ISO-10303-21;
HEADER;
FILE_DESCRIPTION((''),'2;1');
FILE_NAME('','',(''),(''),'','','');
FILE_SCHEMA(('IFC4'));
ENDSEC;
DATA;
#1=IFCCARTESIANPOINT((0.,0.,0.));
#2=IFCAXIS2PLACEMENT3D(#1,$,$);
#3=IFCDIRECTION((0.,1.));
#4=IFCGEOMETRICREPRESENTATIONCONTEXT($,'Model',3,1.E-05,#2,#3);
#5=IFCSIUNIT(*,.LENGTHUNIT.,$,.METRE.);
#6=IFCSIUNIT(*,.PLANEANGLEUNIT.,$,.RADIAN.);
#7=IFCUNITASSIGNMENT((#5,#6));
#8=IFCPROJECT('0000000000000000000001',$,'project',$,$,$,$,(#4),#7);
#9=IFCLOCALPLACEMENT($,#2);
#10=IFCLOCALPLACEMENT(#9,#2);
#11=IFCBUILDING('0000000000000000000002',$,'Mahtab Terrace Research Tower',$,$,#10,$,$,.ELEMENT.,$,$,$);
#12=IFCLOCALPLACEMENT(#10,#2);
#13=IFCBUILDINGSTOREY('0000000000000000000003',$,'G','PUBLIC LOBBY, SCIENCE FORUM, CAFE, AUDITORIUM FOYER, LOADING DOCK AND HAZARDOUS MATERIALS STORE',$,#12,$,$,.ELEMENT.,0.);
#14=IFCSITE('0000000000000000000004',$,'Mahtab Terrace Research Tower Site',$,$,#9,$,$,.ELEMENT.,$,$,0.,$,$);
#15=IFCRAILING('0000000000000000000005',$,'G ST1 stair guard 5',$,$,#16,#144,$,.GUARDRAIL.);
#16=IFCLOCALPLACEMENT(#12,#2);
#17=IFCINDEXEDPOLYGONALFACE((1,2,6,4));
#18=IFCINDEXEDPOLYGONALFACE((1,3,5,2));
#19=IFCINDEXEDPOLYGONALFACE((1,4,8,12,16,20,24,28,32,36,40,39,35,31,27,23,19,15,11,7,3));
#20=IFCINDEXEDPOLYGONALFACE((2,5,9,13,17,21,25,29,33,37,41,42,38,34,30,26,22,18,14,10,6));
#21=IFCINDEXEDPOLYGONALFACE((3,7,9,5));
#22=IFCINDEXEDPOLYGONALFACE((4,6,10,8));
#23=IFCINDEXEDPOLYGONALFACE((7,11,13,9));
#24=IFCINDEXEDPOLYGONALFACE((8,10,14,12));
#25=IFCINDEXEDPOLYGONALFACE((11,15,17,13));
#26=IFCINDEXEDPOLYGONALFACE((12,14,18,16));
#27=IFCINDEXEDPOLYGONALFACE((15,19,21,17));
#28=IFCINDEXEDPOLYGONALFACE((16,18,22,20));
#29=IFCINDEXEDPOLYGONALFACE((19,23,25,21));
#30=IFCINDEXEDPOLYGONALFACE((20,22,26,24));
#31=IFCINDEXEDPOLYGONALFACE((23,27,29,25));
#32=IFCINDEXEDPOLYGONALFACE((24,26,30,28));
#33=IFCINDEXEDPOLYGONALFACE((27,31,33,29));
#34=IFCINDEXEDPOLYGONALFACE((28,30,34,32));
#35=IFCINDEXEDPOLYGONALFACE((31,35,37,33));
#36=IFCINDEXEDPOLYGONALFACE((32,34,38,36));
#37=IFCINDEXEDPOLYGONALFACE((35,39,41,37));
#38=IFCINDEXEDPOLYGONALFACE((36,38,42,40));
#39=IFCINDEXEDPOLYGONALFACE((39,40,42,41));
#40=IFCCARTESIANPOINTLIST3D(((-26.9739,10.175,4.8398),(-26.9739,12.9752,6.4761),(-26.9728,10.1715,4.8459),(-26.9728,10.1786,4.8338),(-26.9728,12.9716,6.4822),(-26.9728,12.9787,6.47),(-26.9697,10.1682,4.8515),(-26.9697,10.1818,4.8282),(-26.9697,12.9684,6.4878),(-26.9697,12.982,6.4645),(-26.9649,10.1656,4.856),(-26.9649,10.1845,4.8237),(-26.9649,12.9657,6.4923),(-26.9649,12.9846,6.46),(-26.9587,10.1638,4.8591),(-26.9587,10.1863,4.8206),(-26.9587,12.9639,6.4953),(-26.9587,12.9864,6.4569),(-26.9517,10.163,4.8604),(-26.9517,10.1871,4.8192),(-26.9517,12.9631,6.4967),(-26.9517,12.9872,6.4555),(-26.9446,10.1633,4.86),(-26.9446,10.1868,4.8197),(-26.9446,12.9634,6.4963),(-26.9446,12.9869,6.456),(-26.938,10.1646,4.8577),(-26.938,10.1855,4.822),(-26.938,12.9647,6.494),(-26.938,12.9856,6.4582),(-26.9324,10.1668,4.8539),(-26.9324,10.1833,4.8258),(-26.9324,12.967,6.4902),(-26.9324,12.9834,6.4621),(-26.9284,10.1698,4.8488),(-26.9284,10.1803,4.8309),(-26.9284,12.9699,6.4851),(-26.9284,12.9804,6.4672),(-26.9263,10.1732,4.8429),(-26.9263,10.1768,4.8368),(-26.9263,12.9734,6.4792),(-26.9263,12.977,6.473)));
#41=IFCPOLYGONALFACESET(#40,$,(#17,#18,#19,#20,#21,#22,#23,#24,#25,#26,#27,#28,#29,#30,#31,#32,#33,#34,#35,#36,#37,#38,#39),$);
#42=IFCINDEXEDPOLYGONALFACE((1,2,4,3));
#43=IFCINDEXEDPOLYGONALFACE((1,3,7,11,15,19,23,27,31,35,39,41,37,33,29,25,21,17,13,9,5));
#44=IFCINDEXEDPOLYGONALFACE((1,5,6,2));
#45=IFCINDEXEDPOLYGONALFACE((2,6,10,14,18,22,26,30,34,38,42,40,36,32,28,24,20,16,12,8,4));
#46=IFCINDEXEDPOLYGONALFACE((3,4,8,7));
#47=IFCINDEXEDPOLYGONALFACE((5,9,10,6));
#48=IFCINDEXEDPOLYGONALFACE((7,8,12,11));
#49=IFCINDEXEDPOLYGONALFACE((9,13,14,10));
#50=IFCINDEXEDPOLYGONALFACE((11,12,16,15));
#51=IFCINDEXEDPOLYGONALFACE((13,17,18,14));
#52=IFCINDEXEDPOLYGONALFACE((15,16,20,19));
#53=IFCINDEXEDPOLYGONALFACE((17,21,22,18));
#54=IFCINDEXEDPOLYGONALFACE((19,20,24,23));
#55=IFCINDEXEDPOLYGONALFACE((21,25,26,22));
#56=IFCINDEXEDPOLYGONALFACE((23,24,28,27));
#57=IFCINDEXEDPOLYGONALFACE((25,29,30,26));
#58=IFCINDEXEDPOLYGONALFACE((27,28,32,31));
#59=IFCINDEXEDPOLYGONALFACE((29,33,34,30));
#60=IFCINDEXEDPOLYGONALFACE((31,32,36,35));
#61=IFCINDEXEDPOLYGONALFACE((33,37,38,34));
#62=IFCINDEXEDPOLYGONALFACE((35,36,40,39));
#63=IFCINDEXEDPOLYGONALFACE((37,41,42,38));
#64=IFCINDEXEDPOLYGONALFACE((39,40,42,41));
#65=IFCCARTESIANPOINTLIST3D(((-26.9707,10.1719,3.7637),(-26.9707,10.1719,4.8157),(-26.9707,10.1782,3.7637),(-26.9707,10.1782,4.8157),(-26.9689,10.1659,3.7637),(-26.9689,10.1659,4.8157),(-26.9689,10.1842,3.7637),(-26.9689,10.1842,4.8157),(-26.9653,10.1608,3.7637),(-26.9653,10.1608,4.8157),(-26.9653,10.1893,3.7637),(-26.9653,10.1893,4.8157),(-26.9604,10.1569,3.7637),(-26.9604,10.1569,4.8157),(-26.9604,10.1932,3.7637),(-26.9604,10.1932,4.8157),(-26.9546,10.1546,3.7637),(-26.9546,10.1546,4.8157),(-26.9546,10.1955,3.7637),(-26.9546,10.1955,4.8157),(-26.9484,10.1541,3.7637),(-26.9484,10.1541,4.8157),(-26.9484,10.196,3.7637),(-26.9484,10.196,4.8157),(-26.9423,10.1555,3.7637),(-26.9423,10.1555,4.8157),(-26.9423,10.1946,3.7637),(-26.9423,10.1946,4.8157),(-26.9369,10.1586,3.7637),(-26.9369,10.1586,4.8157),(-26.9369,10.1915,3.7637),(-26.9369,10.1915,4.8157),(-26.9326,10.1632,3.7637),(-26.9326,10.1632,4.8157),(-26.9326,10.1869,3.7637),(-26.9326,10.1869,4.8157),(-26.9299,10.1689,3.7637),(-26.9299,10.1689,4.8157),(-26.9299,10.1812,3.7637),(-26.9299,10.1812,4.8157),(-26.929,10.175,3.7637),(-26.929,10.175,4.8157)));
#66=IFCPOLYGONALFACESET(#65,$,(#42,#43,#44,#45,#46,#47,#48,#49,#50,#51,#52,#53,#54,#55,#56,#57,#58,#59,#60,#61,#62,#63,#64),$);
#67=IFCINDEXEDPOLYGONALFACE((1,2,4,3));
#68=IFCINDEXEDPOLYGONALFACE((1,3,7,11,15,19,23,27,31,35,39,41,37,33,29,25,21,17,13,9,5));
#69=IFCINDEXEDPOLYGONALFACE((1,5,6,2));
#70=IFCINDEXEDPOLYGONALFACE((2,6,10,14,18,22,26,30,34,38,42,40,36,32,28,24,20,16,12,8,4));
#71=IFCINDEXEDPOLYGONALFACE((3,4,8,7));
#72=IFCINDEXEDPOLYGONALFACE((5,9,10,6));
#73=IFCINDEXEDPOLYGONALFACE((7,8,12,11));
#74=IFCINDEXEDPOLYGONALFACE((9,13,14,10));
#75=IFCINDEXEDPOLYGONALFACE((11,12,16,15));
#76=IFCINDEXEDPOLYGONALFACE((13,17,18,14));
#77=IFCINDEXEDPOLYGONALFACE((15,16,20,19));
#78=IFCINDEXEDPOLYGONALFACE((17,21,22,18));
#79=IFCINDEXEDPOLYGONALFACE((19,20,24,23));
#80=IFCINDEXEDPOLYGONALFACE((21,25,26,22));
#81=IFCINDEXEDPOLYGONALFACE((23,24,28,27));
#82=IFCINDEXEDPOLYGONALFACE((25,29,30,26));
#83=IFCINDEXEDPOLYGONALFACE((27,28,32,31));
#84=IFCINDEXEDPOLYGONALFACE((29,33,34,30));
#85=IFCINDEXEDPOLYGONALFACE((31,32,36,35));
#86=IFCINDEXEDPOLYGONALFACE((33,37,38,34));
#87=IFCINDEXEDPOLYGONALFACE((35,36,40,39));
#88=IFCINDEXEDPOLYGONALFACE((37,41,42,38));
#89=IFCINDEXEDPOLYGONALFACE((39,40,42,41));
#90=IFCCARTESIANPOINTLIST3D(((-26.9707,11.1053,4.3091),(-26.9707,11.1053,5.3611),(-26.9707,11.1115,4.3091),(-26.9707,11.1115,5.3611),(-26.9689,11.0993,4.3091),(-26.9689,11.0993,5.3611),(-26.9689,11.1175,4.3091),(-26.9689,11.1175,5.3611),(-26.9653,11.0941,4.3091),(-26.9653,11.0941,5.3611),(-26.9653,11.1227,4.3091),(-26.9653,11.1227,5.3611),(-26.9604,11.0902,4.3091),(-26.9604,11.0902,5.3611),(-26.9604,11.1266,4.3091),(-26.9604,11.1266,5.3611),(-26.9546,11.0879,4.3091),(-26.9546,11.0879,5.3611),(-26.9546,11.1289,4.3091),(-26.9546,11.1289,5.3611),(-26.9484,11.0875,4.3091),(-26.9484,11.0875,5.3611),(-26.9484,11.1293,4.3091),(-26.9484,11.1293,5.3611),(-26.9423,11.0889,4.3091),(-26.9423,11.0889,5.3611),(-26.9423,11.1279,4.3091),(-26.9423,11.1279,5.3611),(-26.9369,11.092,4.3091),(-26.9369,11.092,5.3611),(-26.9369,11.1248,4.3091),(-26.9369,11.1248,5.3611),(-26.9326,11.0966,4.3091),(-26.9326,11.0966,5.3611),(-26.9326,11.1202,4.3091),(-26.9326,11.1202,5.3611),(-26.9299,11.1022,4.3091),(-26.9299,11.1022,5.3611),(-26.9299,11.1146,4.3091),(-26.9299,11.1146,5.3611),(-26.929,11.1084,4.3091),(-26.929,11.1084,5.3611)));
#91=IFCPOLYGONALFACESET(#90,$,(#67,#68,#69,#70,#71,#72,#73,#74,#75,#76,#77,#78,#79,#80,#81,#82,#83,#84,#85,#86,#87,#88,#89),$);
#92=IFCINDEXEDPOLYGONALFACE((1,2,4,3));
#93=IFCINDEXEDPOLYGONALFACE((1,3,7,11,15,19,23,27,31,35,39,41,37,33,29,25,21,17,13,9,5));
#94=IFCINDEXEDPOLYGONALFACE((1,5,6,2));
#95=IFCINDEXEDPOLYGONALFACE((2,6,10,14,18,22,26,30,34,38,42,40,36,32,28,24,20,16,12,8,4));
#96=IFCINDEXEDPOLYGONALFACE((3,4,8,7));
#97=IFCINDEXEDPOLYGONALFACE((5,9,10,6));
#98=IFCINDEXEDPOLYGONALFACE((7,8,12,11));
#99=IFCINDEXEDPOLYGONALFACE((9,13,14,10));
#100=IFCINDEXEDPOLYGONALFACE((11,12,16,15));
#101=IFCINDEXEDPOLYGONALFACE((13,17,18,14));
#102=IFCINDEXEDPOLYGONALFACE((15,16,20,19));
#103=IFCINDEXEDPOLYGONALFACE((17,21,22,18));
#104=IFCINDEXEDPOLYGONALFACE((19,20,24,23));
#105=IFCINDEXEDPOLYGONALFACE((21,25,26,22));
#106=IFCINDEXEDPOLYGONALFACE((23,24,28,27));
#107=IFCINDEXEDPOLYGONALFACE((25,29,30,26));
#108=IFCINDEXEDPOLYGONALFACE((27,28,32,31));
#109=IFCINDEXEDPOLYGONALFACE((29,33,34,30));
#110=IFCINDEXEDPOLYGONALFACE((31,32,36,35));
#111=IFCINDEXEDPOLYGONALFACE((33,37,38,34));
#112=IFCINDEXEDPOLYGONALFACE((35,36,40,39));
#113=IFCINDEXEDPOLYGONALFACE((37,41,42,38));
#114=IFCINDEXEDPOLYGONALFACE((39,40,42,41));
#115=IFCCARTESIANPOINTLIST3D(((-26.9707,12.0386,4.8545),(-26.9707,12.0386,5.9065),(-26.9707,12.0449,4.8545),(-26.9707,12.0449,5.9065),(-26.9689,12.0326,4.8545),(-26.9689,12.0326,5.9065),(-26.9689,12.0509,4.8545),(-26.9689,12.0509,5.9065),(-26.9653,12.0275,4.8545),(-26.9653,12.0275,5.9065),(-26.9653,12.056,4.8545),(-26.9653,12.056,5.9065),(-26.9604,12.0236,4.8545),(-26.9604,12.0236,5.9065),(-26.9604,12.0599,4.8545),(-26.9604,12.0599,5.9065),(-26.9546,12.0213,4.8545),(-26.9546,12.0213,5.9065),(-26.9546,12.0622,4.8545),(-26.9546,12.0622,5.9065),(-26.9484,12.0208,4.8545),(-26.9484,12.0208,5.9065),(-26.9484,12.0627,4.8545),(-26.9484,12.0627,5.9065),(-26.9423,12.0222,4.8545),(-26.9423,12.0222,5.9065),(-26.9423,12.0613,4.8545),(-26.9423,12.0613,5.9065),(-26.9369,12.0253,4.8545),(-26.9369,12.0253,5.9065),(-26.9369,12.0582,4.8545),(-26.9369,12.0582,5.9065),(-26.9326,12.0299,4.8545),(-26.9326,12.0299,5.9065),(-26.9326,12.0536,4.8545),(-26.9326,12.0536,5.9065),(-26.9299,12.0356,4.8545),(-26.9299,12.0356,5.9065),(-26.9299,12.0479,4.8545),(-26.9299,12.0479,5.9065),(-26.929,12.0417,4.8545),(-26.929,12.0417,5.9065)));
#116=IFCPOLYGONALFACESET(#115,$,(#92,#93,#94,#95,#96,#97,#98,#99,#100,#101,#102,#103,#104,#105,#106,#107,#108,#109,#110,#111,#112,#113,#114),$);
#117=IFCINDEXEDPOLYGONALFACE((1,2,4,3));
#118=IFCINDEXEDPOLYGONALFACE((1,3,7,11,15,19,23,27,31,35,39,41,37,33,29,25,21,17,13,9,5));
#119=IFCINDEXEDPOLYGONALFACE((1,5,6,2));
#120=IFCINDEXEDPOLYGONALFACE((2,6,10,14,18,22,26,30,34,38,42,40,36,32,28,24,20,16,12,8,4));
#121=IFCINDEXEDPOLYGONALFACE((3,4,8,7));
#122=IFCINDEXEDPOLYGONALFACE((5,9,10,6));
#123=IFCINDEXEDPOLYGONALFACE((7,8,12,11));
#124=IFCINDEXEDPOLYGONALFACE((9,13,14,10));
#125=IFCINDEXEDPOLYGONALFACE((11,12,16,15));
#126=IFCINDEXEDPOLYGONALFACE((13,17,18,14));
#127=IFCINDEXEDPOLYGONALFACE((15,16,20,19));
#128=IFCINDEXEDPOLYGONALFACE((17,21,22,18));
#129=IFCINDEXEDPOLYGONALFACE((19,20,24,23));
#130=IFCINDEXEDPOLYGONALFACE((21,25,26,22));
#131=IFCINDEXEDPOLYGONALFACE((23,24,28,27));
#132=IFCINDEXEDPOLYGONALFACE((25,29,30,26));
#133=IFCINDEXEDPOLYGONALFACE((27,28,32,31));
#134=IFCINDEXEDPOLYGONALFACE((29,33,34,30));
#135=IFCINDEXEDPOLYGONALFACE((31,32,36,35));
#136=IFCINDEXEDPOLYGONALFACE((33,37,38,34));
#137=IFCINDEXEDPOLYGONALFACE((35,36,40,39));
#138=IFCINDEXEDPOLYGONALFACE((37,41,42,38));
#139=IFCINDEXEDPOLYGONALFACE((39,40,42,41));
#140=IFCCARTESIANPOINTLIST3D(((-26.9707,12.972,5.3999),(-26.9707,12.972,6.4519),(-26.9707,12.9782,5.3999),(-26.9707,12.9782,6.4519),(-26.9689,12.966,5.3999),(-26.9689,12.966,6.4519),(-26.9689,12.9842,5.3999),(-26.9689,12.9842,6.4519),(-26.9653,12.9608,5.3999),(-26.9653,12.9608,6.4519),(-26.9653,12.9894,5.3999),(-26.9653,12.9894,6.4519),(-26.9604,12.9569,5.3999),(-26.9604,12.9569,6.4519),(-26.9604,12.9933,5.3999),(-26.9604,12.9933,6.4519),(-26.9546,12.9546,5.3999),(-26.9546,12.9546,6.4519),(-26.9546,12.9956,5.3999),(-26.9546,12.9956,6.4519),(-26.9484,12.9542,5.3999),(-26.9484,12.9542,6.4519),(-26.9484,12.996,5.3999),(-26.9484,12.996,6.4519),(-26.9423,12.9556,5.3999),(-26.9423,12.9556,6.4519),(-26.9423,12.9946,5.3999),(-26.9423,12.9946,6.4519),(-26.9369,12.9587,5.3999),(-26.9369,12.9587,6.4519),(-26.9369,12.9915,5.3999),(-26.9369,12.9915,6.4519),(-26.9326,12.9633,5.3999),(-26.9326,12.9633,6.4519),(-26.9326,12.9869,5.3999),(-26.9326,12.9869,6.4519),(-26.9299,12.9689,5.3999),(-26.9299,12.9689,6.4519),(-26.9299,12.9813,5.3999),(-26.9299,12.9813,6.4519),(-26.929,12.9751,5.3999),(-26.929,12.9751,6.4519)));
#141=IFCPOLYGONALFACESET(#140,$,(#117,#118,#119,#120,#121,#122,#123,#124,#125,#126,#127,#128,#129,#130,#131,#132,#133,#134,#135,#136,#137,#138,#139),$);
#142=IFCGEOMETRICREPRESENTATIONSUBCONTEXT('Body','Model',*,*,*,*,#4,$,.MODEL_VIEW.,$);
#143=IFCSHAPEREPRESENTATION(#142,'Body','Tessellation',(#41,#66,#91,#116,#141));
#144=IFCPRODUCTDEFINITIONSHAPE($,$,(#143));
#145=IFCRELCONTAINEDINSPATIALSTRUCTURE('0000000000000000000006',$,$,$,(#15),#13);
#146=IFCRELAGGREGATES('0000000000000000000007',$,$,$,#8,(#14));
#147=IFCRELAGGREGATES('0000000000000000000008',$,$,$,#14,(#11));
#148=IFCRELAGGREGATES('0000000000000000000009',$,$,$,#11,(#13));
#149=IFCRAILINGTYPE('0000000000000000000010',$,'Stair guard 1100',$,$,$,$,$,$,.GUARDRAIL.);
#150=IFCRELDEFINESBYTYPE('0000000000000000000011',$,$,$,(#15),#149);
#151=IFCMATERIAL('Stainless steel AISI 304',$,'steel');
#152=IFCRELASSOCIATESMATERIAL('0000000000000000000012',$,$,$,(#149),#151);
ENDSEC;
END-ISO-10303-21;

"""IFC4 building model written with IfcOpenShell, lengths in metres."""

from ifc_helpers import new_model, si_unit, direction, frame, origin, origin_2d, place, context, subcontext, project, spatial, circle, extrude, material, type_object, element, save


model = new_model("IFC4")

# Units and contexts
model_context = context("Model", 3, precision=1e-05, world=origin(), true_north=direction((0.0, 1.0)))
body_context = subcontext(model_context, "Body", "Model", "MODEL_VIEW")
ifc_project = project(units=[si_unit("LENGTHUNIT", "METRE"), si_unit("PLANEANGLEUNIT", "RADIAN")], contexts=[model_context])

# Site, building, storey
site_placement = place(None, origin())
site = spatial("IfcSite", under=ifc_project, at=site_placement, Name="Mahtab Terrace Research Tower Site", CompositionType="ELEMENT", RefElevation=0.0)
building_placement = place(site_placement, origin())
building = spatial("IfcBuilding", under=site, at=building_placement, Name="Mahtab Terrace Research Tower", CompositionType="ELEMENT")
storey_placement = place(building_placement, origin())
storey = spatial("IfcBuildingStorey", under=building, at=storey_placement, Name="G", Description="PUBLIC LOBBY, SCIENCE FORUM, CAFE, AUDITORIUM FOYER, LOADING DOCK AND HAZARDOUS MATERIALS STORE", CompositionType="ELEMENT", Elevation=0.0)

# Railing
ifc_material_1 = material(Name="Stainless steel AISI 304", Category="steel")
railing_type = type_object("IfcRailingType", Name="Stair guard 1100", PredefinedType="GUARDRAIL", material=ifc_material_1)
railing_1_placement = place(storey_placement, frame((-26.95, 10.175, 3.7637)))
element("IfcRailing", 1, at=railing_1_placement, inside=storey, type_object=railing_type, Name="G ST1 stair guard 5", PredefinedType="GUARDRAIL", context=body_context, shape_type="SweptSolid", body=[
    extrude(circle(Radius=0.0239, at=origin_2d()), frame((0.0, 0.0, 1.0762), z_axis=(0.0, 0.863394, 0.504531), x_axis=(-1.0, 0.0, 0.0)), (0.0, 0.0, 1.0), 3.2432),
    extrude(circle(Radius=0.021, at=origin_2d()), origin(), (0.0, 0.0, 1.0), 1.052),
    extrude(circle(Radius=0.021, at=origin_2d()), frame((0.0, 0.9333, 0.5454)), (0.0, 0.0, 1.0), 1.052),
    extrude(circle(Radius=0.021, at=origin_2d()), frame((0.0, 1.8667, 1.0908)), (0.0, 0.0, 1.0), 1.052),
    extrude(circle(Radius=0.021, at=origin_2d()), frame((0.0, 2.8, 1.6362)), (0.0, 0.0, 1.0), 1.052),
])

save(model, "model.ifc")
